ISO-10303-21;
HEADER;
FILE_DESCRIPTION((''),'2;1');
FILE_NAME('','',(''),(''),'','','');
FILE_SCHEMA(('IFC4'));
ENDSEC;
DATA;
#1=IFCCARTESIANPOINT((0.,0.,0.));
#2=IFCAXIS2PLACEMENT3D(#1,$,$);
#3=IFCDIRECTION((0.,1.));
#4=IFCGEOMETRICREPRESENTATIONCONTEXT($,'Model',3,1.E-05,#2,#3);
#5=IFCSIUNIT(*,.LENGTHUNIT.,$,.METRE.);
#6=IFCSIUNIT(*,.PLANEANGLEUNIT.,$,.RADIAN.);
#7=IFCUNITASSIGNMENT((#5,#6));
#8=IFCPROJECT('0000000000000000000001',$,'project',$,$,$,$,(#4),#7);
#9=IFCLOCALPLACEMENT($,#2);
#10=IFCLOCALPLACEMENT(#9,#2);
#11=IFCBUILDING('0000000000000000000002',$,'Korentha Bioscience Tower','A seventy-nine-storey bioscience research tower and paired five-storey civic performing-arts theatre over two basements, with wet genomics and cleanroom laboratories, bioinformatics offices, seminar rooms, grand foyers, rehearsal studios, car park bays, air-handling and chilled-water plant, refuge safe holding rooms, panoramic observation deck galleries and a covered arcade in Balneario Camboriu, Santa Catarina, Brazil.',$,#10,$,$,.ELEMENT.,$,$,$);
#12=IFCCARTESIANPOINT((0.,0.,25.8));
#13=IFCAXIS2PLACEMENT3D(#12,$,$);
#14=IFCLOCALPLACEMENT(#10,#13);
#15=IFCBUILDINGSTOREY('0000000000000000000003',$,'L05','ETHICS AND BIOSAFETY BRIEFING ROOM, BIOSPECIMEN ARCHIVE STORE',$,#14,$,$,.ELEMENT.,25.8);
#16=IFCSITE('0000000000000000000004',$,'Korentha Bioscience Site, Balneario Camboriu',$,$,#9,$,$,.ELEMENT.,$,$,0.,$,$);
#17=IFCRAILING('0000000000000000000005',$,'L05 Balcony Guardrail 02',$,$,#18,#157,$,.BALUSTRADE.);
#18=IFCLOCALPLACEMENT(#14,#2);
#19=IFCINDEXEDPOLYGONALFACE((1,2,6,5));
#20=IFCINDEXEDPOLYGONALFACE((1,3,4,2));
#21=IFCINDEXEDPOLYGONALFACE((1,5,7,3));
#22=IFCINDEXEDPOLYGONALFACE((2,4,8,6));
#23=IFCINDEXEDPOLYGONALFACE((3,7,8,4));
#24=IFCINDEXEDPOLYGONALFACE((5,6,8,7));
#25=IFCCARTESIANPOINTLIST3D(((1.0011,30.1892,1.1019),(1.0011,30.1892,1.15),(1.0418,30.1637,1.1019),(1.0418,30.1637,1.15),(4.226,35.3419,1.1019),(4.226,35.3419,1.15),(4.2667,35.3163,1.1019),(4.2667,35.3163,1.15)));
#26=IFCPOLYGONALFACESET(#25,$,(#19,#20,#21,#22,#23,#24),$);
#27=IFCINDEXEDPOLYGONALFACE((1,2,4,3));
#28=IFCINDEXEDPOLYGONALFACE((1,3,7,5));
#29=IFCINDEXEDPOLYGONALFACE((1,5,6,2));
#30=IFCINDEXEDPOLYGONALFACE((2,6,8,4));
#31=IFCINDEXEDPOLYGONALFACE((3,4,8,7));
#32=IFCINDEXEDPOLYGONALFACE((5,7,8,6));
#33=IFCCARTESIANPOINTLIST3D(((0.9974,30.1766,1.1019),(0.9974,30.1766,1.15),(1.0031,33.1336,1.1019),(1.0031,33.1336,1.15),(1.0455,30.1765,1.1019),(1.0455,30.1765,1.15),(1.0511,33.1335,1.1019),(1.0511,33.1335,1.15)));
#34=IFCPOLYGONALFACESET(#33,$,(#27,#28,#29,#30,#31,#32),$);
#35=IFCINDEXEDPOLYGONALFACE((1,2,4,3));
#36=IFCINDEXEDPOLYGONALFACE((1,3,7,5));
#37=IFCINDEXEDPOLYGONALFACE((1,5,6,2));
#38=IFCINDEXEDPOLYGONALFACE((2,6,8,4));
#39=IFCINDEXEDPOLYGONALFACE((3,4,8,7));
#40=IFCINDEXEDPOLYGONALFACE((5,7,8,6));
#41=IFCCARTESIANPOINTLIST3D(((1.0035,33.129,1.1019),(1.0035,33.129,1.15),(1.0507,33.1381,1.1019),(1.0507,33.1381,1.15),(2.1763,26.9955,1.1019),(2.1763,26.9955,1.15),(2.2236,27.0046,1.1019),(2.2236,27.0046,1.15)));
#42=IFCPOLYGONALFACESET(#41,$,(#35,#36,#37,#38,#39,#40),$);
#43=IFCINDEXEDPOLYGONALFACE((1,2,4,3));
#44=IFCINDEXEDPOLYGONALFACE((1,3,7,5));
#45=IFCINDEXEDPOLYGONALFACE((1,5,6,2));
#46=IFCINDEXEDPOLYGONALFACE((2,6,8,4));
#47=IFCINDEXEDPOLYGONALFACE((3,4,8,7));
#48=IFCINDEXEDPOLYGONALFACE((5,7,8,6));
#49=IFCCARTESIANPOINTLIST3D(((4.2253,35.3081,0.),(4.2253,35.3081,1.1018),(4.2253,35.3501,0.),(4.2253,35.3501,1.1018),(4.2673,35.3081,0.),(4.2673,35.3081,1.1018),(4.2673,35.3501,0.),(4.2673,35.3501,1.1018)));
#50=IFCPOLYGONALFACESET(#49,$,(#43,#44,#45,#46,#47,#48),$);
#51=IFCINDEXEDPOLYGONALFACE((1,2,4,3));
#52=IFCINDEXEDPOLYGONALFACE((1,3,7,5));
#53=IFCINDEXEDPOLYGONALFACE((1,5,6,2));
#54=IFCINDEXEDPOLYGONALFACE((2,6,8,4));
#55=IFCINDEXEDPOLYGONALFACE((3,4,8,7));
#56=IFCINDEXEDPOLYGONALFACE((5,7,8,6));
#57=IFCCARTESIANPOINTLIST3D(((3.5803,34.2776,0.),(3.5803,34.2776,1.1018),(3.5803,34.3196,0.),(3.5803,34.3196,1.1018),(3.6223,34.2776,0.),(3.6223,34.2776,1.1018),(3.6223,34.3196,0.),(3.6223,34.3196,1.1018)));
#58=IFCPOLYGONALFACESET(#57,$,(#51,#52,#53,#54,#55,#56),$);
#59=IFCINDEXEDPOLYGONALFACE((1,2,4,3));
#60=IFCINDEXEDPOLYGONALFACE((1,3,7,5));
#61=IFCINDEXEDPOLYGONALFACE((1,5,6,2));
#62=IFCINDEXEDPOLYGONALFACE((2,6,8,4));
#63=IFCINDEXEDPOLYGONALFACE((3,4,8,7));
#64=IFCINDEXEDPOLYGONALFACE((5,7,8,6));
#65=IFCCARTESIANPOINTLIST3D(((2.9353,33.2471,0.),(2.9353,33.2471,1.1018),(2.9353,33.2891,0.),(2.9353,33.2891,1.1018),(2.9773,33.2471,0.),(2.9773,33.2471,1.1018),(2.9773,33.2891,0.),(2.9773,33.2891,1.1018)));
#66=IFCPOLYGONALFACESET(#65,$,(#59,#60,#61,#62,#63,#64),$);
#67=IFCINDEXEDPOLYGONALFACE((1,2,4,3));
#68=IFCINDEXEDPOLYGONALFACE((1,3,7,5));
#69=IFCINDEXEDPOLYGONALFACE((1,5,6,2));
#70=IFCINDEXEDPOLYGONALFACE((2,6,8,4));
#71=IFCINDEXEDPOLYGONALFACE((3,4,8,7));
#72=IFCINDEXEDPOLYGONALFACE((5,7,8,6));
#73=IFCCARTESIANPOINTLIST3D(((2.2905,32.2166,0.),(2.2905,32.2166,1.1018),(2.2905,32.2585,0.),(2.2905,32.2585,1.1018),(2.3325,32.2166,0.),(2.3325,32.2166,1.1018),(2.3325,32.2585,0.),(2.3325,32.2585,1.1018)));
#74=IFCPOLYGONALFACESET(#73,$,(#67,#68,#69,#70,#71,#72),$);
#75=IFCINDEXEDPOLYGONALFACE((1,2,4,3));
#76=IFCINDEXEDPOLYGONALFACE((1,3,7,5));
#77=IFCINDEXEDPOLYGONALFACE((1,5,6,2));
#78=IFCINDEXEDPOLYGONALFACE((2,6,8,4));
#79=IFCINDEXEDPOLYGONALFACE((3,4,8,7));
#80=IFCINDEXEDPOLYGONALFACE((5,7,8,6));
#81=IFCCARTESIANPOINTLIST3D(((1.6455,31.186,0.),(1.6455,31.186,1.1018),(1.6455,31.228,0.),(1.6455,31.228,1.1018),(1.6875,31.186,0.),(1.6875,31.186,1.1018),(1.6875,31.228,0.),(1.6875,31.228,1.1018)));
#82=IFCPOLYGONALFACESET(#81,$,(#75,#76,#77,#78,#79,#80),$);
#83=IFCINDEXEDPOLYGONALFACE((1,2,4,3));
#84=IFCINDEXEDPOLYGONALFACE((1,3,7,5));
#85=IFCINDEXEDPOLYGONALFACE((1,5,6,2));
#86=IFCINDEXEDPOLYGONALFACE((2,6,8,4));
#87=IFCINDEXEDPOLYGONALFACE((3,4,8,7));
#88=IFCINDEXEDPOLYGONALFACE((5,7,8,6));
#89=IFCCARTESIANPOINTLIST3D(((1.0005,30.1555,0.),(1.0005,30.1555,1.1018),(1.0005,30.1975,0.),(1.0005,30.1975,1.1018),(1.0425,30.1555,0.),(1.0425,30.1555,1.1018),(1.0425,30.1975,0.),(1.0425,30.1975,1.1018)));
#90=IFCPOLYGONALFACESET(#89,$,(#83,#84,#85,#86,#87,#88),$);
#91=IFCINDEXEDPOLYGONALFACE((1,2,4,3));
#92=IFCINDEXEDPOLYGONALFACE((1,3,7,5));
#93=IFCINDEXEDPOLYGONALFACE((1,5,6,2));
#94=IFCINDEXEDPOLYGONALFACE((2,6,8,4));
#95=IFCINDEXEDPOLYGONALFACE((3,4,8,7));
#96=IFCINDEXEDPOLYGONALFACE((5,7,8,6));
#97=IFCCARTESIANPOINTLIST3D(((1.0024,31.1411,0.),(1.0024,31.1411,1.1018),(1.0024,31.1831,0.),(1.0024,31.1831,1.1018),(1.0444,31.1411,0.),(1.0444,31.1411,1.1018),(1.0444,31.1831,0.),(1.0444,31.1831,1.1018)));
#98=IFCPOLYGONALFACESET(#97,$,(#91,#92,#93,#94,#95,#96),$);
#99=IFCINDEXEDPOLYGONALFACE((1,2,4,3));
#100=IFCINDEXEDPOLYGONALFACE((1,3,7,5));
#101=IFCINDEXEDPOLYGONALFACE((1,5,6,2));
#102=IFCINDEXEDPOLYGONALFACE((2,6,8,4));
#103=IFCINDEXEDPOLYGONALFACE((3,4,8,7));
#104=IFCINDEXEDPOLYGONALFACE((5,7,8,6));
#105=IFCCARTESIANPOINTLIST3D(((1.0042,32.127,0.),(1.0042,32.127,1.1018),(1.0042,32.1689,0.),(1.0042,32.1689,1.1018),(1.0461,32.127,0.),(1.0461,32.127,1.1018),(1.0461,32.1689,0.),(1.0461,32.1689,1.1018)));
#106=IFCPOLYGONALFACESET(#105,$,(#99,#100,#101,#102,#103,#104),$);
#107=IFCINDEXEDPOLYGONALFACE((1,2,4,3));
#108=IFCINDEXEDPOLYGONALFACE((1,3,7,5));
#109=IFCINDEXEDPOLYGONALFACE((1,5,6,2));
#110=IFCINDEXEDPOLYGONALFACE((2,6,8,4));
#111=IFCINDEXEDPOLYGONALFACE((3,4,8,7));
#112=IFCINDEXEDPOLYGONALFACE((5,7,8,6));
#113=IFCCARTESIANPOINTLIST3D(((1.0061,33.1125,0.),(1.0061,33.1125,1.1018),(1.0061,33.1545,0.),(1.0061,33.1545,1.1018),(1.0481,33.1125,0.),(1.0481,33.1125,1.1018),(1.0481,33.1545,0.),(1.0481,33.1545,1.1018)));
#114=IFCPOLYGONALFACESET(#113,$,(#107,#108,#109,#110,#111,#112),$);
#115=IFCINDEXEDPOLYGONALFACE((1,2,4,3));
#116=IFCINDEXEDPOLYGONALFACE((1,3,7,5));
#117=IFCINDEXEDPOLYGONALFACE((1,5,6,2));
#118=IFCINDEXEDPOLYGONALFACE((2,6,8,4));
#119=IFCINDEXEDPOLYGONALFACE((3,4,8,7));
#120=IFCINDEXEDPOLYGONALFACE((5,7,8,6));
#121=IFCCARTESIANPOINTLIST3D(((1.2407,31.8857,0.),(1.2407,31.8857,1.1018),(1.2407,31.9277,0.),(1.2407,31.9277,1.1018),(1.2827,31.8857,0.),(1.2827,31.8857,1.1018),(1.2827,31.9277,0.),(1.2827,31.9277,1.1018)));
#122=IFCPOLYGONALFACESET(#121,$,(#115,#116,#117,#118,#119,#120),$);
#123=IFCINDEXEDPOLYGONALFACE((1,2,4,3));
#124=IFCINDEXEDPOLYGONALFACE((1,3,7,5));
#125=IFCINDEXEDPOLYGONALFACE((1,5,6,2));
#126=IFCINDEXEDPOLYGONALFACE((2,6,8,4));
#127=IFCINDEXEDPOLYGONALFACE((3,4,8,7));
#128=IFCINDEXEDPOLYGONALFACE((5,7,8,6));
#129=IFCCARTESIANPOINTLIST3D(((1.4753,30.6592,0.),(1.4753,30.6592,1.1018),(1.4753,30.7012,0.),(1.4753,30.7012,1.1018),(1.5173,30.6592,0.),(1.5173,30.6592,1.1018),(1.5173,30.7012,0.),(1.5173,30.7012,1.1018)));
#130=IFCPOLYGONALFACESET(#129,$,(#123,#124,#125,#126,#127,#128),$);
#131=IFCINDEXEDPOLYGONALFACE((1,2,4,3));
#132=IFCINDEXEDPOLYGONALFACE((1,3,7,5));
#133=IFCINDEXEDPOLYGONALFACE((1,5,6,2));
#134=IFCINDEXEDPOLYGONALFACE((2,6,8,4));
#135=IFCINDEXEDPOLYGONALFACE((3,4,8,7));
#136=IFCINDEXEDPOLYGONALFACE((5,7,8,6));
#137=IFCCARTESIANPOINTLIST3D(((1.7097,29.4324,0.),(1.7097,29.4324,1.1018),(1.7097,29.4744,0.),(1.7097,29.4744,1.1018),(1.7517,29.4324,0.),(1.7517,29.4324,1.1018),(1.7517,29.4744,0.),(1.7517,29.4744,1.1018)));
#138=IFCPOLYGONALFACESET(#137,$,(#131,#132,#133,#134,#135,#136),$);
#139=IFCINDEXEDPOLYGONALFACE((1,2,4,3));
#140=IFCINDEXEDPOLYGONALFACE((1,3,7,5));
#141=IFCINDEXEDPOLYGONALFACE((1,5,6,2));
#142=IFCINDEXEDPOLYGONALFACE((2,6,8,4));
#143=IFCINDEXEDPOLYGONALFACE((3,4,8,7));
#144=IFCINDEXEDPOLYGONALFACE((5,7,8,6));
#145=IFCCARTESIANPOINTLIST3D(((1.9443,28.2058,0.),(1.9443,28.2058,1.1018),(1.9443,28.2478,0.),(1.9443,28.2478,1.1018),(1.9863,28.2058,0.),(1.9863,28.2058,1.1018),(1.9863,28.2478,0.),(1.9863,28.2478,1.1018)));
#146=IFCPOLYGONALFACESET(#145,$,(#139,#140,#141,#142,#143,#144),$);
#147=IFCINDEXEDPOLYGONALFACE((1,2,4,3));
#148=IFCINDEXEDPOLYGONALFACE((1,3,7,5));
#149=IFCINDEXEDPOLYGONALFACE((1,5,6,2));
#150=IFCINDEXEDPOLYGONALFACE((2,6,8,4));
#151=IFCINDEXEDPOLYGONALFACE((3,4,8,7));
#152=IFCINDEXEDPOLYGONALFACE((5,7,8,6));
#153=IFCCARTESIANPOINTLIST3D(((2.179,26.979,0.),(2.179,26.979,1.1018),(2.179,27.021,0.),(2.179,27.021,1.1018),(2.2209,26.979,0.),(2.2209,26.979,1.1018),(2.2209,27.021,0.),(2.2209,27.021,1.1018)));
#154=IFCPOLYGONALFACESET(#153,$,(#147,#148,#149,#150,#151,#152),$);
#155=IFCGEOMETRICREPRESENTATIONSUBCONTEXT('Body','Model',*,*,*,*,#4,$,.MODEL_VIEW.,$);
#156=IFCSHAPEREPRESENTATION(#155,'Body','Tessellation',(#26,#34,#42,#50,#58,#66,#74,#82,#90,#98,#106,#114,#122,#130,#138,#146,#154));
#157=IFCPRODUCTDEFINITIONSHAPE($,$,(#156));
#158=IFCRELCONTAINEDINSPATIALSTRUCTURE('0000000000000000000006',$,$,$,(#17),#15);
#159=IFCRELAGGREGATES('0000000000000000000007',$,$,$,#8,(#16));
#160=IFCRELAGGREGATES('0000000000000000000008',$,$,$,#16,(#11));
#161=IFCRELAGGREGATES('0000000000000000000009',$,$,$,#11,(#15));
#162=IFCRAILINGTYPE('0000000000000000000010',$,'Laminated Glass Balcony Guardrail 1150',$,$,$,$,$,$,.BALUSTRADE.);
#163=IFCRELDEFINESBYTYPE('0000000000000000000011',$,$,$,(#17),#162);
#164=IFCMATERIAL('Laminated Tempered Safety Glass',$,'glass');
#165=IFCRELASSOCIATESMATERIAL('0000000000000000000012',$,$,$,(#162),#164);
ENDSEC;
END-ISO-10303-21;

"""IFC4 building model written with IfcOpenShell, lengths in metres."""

from ifc_helpers import new_model, si_unit, direction, frame, origin, origin_2d, place, context, subcontext, project, spatial, rectangle, extrude, material, type_object, element, save


model = new_model("IFC4")

# Units and contexts
model_context = context("Model", 3, precision=1e-05, world=origin(), true_north=direction((0.0, 1.0)))
body_context = subcontext(model_context, "Body", "Model", "MODEL_VIEW")
ifc_project = project(units=[si_unit("LENGTHUNIT", "METRE"), si_unit("PLANEANGLEUNIT", "RADIAN")], contexts=[model_context])

# Site, building, storey
site_placement = place(None, origin())
site = spatial("IfcSite", under=ifc_project, at=site_placement, Name="Korentha Bioscience Site, Balneario Camboriu", CompositionType="ELEMENT", RefElevation=0.0)
building_placement = place(site_placement, origin())
building = spatial("IfcBuilding", under=site, at=building_placement, Name="Korentha Bioscience Tower", Description="A seventy-nine-storey bioscience research tower and paired five-storey civic performing-arts theatre over two basements, with wet genomics and cleanroom laboratories, bioinformatics offices, seminar rooms, grand foyers, rehearsal studios, car park bays, air-handling and chilled-water plant, refuge safe holding rooms, panoramic observation deck galleries and a covered arcade in Balneario Camboriu, Santa Catarina, Brazil.", CompositionType="ELEMENT")
storey_placement = place(building_placement, frame((0.0, 0.0, 25.8)))
storey = spatial("IfcBuildingStorey", under=building, at=storey_placement, Name="L05", Description="ETHICS AND BIOSAFETY BRIEFING ROOM, BIOSPECIMEN ARCHIVE STORE", CompositionType="ELEMENT", Elevation=25.8)

# Railing
ifc_material_1 = material(Name="Laminated Tempered Safety Glass", Category="glass")
railing_type = type_object("IfcRailingType", Name="Laminated Glass Balcony Guardrail 1150", PredefinedType="BALUSTRADE", material=ifc_material_1)
railing_placement = place(storey_placement, frame((4.2463, 35.3291, 0.0)))
element("IfcRailing", 1, at=railing_placement, inside=storey, type_object=railing_type, Name="L05 Balcony Guardrail 02", PredefinedType="BALUSTRADE", context=body_context, shape_type="SweptSolid", body=[
    extrude(rectangle(XDim=0.0481, YDim=0.0481, at=origin_2d()), frame((0.0, 0.0, 1.126), z_axis=(-0.53053, -0.847666, 0.0), x_axis=(0.847666, -0.53053, 0.0)), (0.0, 0.0, 1.0), 6.0786),
    extrude(rectangle(XDim=0.0481, YDim=0.0481, at=origin_2d()), frame((-3.2249, -5.1526, 1.126), z_axis=(0.001899, 0.999998, 0.0), x_axis=(-0.999998, 0.001899, 0.0)), (0.0, 0.0, 1.0), 2.957),
    extrude(rectangle(XDim=0.0481, YDim=0.0481, at=origin_2d()), frame((-3.2192, -2.1956, 1.126), z_axis=(0.187816, -0.982204, 0.0), x_axis=(0.982204, 0.187816, 0.0)), (0.0, 0.0, 1.0), 6.2446),
    extrude(rectangle(XDim=0.042, YDim=0.042, at=origin_2d()), origin(), (0.0, 0.0, 1.0), 1.1018),
    extrude(rectangle(XDim=0.042, YDim=0.042, at=origin_2d()), frame((-0.645, -1.0305, 0.0)), (0.0, 0.0, 1.0), 1.1018),
    extrude(rectangle(XDim=0.042, YDim=0.042, at=origin_2d()), frame((-1.29, -2.061, 0.0)), (0.0, 0.0, 1.0), 1.1018),
    extrude(rectangle(XDim=0.042, YDim=0.042, at=origin_2d()), frame((-1.9348, -3.0916, 0.0)), (0.0, 0.0, 1.0), 1.1018),
    extrude(rectangle(XDim=0.042, YDim=0.042, at=origin_2d()), frame((-2.5798, -4.1221, 0.0)), (0.0, 0.0, 1.0), 1.1018),
    extrude(rectangle(XDim=0.042, YDim=0.042, at=origin_2d()), frame((-3.2249, -5.1526, 0.0)), (0.0, 0.0, 1.0), 1.1018),
    extrude(rectangle(XDim=0.042, YDim=0.042, at=origin_2d()), frame((-3.2229, -4.167, 0.0)), (0.0, 0.0, 1.0), 1.1018),
    extrude(rectangle(XDim=0.042, YDim=0.042, at=origin_2d()), frame((-3.2212, -3.1812, 0.0)), (0.0, 0.0, 1.0), 1.1018),
    extrude(rectangle(XDim=0.042, YDim=0.042, at=origin_2d()), frame((-3.2192, -2.1956, 0.0)), (0.0, 0.0, 1.0), 1.1018),
    extrude(rectangle(XDim=0.042, YDim=0.042, at=origin_2d()), frame((-2.9846, -3.4224, 0.0)), (0.0, 0.0, 1.0), 1.1018),
    extrude(rectangle(XDim=0.042, YDim=0.042, at=origin_2d()), frame((-2.75, -4.6489, 0.0)), (0.0, 0.0, 1.0), 1.1018),
    extrude(rectangle(XDim=0.042, YDim=0.042, at=origin_2d()), frame((-2.5156, -5.8757, 0.0)), (0.0, 0.0, 1.0), 1.1018),
    extrude(rectangle(XDim=0.042, YDim=0.042, at=origin_2d()), frame((-2.281, -7.1023, 0.0)), (0.0, 0.0, 1.0), 1.1018),
    extrude(rectangle(XDim=0.042, YDim=0.042, at=origin_2d()), frame((-2.0464, -8.3291, 0.0)), (0.0, 0.0, 1.0), 1.1018),
])

save(model, "model.ifc")
